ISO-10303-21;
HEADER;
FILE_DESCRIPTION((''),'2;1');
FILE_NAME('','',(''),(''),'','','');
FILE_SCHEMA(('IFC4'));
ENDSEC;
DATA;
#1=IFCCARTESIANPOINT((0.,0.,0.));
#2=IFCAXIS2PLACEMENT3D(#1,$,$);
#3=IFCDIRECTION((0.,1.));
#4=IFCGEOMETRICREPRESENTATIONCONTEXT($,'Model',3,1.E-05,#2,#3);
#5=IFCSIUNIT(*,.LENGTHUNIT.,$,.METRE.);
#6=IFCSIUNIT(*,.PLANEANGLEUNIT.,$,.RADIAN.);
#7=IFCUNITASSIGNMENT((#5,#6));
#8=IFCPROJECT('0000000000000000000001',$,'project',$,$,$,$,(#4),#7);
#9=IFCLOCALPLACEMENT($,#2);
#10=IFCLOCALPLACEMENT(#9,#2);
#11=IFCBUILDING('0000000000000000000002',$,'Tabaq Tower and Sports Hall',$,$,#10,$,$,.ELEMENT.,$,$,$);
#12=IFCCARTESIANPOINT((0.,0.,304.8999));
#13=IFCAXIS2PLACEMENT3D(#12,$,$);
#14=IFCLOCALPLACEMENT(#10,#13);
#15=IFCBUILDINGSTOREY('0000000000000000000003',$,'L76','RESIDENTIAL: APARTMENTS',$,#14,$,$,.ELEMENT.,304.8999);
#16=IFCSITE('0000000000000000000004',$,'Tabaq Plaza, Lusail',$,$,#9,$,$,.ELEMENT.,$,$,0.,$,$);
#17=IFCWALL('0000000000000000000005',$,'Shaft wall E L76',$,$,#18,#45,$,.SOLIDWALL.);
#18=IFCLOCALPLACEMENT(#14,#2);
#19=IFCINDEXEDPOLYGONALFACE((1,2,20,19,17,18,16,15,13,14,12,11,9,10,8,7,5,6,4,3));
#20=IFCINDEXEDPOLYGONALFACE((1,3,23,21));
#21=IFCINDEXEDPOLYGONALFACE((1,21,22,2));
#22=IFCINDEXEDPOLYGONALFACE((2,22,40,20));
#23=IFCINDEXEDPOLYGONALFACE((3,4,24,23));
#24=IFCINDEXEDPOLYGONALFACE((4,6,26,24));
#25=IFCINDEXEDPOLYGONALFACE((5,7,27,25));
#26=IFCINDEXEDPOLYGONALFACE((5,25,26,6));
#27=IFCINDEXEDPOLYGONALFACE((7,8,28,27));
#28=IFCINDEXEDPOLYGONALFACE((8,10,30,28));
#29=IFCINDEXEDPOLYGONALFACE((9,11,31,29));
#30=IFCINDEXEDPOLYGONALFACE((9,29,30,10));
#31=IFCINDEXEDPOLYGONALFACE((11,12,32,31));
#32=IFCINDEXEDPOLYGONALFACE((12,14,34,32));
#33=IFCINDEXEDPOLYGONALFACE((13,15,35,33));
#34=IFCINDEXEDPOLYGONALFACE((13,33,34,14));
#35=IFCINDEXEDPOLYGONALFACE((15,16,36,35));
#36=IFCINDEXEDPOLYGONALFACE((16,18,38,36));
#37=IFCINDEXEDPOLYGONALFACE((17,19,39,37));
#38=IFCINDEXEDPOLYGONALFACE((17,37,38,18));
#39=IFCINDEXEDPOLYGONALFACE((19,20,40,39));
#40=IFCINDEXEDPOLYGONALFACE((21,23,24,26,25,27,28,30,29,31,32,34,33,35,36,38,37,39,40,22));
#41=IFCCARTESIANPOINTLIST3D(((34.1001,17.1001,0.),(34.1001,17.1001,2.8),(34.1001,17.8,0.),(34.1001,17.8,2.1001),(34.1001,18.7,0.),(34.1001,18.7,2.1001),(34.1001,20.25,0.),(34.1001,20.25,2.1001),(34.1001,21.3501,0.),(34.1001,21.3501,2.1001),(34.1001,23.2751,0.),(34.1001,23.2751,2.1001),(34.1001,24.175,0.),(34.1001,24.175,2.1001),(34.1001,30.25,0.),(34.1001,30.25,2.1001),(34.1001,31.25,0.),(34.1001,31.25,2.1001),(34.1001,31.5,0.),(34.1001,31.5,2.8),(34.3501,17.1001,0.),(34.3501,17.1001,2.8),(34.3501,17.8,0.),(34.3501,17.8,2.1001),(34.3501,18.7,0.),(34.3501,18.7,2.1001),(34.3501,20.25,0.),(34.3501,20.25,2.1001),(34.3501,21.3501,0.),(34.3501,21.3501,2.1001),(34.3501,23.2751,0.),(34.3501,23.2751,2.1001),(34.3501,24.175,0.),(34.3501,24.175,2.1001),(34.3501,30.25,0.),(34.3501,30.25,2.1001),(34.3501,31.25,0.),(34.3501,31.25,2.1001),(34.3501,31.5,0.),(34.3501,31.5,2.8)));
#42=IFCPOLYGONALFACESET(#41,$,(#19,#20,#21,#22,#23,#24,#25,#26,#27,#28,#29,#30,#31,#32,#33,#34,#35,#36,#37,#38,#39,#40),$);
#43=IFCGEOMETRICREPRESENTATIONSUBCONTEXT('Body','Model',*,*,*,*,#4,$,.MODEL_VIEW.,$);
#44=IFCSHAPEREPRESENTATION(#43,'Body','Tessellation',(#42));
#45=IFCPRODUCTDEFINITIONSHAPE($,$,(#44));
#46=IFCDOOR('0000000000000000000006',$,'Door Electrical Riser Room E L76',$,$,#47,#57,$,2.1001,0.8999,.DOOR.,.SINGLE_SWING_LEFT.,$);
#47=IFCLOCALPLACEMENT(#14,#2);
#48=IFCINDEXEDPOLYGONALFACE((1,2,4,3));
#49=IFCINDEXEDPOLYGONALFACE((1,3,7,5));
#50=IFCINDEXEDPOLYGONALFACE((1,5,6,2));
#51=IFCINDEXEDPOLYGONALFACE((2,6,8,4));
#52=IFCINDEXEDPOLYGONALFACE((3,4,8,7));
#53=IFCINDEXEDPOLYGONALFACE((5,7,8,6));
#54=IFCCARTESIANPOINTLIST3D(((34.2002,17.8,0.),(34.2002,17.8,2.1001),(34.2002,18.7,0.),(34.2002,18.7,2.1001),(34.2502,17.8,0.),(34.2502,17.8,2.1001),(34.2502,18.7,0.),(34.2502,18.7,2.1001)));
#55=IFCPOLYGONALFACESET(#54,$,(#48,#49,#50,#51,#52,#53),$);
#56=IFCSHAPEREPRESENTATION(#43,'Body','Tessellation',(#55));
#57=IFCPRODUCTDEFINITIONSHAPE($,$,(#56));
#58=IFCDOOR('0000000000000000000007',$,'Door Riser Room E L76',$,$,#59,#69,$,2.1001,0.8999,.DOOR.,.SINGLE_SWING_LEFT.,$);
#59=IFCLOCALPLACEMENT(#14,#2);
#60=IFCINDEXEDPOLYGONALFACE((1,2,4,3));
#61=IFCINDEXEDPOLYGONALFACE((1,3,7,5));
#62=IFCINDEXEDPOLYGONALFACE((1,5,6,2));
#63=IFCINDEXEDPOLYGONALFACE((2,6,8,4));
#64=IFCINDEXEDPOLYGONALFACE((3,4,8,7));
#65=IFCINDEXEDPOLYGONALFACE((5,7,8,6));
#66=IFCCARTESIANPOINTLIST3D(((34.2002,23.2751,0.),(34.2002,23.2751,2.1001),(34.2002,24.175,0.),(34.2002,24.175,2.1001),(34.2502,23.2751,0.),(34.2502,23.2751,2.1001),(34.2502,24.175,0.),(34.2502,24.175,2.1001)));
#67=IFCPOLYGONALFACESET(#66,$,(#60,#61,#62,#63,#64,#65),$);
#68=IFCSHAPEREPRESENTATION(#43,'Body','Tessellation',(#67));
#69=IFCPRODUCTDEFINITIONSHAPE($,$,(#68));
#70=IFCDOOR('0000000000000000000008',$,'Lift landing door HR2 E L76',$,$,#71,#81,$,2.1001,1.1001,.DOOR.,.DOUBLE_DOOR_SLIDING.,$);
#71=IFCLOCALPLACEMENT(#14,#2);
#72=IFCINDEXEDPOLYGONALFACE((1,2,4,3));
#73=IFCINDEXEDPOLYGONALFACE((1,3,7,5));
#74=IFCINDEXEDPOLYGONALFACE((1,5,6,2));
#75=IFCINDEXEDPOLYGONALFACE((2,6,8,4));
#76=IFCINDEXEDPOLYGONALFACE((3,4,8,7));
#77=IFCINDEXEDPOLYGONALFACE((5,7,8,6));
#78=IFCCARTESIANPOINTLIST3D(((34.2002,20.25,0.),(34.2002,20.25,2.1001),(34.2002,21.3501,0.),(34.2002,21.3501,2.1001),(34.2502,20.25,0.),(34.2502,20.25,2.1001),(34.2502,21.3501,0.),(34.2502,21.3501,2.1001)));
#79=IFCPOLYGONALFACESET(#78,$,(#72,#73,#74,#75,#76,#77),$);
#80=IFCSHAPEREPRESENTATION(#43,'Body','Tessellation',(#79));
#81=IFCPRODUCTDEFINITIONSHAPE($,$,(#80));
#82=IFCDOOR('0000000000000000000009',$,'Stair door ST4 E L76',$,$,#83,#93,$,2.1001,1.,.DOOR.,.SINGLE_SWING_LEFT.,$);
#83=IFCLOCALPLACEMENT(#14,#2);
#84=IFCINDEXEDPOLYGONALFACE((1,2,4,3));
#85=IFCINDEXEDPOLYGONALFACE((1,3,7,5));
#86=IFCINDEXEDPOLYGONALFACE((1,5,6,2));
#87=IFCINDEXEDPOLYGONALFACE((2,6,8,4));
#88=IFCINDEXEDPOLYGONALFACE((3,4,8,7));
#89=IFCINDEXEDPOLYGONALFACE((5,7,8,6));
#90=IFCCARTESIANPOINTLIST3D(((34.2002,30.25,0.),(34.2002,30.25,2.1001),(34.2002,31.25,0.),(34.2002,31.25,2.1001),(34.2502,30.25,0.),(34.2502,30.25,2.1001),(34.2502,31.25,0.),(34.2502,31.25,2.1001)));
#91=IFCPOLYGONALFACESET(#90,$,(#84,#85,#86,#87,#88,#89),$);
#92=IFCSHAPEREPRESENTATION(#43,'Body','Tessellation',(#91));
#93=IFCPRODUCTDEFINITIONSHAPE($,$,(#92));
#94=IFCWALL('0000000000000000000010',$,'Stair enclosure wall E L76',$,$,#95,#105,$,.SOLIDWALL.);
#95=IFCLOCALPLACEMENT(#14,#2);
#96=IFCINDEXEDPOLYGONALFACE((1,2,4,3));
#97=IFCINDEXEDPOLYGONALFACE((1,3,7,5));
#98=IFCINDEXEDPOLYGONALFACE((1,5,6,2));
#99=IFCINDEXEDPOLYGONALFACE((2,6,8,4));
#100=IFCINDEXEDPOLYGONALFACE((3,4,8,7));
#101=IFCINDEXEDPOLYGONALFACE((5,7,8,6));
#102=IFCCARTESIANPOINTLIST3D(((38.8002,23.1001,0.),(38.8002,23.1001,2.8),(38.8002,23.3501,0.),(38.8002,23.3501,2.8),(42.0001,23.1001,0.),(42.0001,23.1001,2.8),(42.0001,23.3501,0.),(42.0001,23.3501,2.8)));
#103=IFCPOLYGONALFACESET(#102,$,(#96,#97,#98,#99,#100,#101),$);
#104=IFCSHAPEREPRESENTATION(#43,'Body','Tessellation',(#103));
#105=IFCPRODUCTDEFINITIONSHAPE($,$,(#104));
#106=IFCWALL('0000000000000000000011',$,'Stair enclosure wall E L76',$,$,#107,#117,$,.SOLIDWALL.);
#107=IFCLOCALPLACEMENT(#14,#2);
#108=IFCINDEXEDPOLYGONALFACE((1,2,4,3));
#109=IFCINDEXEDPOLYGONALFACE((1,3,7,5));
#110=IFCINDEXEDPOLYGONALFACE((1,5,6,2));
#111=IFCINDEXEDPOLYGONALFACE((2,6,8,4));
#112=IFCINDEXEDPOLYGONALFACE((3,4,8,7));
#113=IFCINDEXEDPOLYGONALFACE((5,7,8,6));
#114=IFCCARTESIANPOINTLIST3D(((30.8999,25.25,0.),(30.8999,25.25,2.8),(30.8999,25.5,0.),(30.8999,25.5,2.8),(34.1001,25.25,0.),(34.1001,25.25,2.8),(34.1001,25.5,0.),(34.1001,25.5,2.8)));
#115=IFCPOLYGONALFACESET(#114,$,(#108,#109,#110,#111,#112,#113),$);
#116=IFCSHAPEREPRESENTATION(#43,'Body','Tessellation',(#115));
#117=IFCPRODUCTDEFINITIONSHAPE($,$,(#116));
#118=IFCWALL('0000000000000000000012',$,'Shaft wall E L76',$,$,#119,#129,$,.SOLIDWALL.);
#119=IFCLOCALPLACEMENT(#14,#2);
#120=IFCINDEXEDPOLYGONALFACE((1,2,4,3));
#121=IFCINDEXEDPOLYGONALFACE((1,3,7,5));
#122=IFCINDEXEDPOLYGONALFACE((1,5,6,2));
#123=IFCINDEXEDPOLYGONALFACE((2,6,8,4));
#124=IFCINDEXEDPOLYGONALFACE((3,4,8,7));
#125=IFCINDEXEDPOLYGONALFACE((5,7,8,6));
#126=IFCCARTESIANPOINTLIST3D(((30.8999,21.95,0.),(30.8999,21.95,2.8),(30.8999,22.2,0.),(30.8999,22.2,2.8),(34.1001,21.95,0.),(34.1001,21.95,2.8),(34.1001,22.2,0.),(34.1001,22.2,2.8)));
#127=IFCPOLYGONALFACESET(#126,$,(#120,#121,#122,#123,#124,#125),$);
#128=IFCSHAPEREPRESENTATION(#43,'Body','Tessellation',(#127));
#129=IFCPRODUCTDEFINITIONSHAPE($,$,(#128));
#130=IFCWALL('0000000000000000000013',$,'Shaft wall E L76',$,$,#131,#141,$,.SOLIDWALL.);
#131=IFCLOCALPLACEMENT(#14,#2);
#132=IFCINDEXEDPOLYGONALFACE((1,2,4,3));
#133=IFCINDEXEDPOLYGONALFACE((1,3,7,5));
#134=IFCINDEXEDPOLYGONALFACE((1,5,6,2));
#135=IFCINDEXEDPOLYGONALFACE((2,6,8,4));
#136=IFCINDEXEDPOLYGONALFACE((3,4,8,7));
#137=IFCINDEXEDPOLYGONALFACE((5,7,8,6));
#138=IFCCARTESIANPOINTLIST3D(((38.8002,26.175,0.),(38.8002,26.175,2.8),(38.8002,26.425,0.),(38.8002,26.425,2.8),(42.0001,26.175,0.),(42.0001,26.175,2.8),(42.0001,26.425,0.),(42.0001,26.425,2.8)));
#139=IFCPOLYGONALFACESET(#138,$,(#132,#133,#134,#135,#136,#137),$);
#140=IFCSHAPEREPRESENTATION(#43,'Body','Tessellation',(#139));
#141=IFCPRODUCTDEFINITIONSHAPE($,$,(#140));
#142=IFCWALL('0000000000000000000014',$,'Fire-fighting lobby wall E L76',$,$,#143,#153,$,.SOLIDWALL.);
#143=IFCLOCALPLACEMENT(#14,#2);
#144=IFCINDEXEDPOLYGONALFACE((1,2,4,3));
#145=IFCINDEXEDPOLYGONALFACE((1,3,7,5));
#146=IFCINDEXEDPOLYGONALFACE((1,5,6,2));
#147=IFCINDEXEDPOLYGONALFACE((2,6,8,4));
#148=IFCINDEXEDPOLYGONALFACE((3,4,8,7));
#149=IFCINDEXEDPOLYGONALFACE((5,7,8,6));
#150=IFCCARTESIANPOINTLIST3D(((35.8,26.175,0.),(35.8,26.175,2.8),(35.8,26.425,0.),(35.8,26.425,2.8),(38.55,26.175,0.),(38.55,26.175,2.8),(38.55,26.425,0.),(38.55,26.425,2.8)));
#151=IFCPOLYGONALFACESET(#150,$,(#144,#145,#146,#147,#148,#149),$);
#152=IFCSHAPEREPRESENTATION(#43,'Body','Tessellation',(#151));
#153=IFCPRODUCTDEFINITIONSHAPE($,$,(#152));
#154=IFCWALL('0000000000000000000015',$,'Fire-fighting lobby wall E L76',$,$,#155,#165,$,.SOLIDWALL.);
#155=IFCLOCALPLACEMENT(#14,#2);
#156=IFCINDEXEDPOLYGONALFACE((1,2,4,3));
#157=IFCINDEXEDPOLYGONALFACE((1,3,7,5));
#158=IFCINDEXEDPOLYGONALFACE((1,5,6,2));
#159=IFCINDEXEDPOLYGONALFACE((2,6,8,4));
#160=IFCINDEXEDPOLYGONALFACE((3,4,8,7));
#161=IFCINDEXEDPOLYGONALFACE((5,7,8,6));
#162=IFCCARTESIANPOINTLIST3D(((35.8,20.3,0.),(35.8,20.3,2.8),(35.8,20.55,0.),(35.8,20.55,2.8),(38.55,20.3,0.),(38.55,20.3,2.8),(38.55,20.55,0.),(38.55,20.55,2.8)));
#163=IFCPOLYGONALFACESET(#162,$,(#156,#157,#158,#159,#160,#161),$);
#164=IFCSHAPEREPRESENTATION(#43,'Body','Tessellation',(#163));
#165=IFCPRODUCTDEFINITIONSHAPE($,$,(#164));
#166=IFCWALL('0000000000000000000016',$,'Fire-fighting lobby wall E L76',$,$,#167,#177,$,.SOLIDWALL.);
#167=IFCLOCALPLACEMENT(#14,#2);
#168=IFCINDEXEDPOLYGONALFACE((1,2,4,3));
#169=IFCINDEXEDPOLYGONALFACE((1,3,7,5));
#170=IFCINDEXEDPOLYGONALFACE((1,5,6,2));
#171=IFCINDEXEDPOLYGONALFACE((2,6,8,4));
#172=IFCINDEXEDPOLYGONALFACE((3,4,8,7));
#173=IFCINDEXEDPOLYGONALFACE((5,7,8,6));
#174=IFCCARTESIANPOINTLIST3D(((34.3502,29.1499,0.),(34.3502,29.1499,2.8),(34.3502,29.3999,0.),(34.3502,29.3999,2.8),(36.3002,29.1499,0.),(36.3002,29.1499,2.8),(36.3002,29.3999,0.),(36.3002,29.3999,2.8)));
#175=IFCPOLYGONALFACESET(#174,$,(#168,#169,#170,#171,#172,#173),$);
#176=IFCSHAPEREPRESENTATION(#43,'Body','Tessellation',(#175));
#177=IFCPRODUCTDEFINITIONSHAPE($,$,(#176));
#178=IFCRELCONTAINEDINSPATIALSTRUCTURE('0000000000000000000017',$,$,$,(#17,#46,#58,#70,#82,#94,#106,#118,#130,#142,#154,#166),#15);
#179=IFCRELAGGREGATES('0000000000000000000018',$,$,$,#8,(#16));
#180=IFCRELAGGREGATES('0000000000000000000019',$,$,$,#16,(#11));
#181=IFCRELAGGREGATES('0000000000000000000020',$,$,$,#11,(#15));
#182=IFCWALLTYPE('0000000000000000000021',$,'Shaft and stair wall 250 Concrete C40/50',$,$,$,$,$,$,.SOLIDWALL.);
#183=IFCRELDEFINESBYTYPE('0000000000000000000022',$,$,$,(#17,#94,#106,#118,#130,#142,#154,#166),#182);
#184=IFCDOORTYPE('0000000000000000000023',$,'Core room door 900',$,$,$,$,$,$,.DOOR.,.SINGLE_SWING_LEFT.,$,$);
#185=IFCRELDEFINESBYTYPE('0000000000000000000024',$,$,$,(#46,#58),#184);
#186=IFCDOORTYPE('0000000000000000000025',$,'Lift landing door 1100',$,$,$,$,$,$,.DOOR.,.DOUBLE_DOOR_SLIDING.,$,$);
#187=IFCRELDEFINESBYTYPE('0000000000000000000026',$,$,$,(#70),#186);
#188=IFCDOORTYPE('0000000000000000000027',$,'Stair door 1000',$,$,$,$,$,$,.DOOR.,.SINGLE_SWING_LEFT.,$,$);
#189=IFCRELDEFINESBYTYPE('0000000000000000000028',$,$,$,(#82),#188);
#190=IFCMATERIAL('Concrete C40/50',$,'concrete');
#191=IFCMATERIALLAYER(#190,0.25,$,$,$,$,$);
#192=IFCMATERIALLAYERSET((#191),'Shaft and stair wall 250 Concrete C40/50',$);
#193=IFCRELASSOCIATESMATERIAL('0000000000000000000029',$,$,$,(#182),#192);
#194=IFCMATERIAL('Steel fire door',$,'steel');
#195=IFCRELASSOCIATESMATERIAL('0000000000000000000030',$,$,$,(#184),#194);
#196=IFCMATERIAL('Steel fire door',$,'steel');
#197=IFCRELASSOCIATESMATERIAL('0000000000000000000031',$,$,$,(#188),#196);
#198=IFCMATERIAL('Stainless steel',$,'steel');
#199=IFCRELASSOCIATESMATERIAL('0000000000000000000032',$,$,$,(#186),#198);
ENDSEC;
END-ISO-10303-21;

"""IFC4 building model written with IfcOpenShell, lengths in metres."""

from ifc_helpers import new_model, si_unit, direction, frame, frame_2d, origin, place, context, subcontext, project, spatial, rectangle, extrude, material, layer, layer_set, type_object, element, fill, save


model = new_model("IFC4")

# Units and contexts
model_context = context("Model", 3, precision=1e-05, world=origin(), true_north=direction((0.0, 1.0)))
body_context = subcontext(model_context, "Body", "Model", "MODEL_VIEW")
ifc_project = project(units=[si_unit("LENGTHUNIT", "METRE"), si_unit("PLANEANGLEUNIT", "RADIAN")], contexts=[model_context])

# Site, building, storey
site_placement = place(None, origin())
site = spatial("IfcSite", under=ifc_project, at=site_placement, Name="Tabaq Plaza, Lusail", CompositionType="ELEMENT", RefElevation=0.0)
building_placement = place(site_placement, origin())
building = spatial("IfcBuilding", under=site, at=building_placement, Name="Tabaq Tower and Sports Hall", CompositionType="ELEMENT")
storey_placement = place(building_placement, frame((0.0, 0.0, 304.8999)))
storey = spatial("IfcBuildingStorey", under=building, at=storey_placement, Name="L76", Description="RESIDENTIAL: APARTMENTS", CompositionType="ELEMENT", Elevation=304.8999)

# Wall, openings, doors
ifc_material_1 = material(Name="Concrete C40/50", Category="concrete")
ifc_layer_1 = layer(ifc_material_1, 0.25)
ifc_layer_set_1 = layer_set([ifc_layer_1], Name="Shaft and stair wall 250 Concrete C40/50")
wall_type_1 = type_object("IfcWallType", Name="Shaft and stair wall 250 Concrete C40/50", PredefinedType="SOLIDWALL", material=ifc_layer_set_1)
ifc_material_2 = material(Name="Steel fire door", Category="steel")
door_type_1 = type_object("IfcDoorType", Name="Core room door 900", OperationType="SINGLE_SWING_LEFT", PredefinedType="DOOR", material=ifc_material_2)
ifc_material_3 = material(Name="Steel fire door", Category="steel")
door_type_2 = type_object("IfcDoorType", Name="Stair door 1000", OperationType="SINGLE_SWING_LEFT", PredefinedType="DOOR", material=ifc_material_3)
wall_1_placement = place(storey_placement, frame((34.2251, 17.1001, 0.0), z_axis=(0.0, 0.0, 1.0), x_axis=(0.0, 1.0, 0.0)))
wall_1 = element("IfcWall", 1, at=wall_1_placement, inside=storey, type_object=wall_type_1, Name="Shaft wall E L76", PredefinedType="SOLIDWALL", context=body_context, shape_type="SweptSolid", body=[
    extrude(rectangle(XDim=14.3999, YDim=0.25, at=frame_2d((7.2, 0.0))), origin(), (0.0, 0.0, 1.0), 2.8),
])
opening_1_placement = place(wall_1_placement, frame((13.1499, 0.0, 0.0)))
opening_1 = element("IfcOpeningElement", 2, at=opening_1_placement, cuts=wall_1, PredefinedType="OPENING", context=body_context, shape_type="SweptSolid", body=[
    extrude(rectangle(XDim=1.0, YDim=2.1001, at=frame_2d((0.5, 1.05))), frame((0.0, 0.125, 0.0), z_axis=(0.0, -1.0, 0.0), x_axis=(1.0, 0.0, 0.0)), (0.0, 0.0, 1.0), 0.25),
])
opening_2_placement = place(wall_1_placement, frame((3.1499, 0.0, 0.0)))
opening_2 = element("IfcOpeningElement", 3, at=opening_2_placement, cuts=wall_1, PredefinedType="OPENING", context=body_context, shape_type="SweptSolid", body=[
    extrude(rectangle(XDim=1.1001, YDim=2.1001, at=frame_2d((0.55, 1.05))), frame((0.0, 0.125, 0.0), z_axis=(0.0, -1.0, 0.0), x_axis=(1.0, 0.0, 0.0)), (0.0, 0.0, 1.0), 0.25),
])
opening_3_placement = place(wall_1_placement, frame((0.7, 0.0, 0.0)))
opening_3 = element("IfcOpeningElement", 4, at=opening_3_placement, cuts=wall_1, PredefinedType="OPENING", context=body_context, shape_type="SweptSolid", body=[
    extrude(rectangle(XDim=0.8999, YDim=2.1001, at=frame_2d((0.45, 1.05))), frame((0.0, 0.125, 0.0), z_axis=(0.0, -1.0, 0.0), x_axis=(1.0, 0.0, 0.0)), (0.0, 0.0, 1.0), 0.25),
])
opening_4_placement = place(wall_1_placement, frame((6.175, 0.0, 0.0)))
opening_4 = element("IfcOpeningElement", 5, at=opening_4_placement, cuts=wall_1, PredefinedType="OPENING", context=body_context, shape_type="SweptSolid", body=[
    extrude(rectangle(XDim=0.8999, YDim=2.1001, at=frame_2d((0.45, 1.05))), frame((0.0, 0.125, 0.0), z_axis=(0.0, -1.0, 0.0), x_axis=(1.0, 0.0, 0.0)), (0.0, 0.0, 1.0), 0.25),
])
door_1_placement = place(opening_3_placement, origin())
door_1 = element("IfcDoor", 6, at=door_1_placement, inside=storey, type_object=door_type_1, Name="Door Electrical Riser Room E L76", OperationType="SINGLE_SWING_LEFT", OverallHeight=2.1001, OverallWidth=0.8999, PredefinedType="DOOR", context=body_context, shape_type="SweptSolid", body=[
    extrude(rectangle(XDim=0.8999, YDim=2.1001, at=frame_2d((0.45, 1.05))), frame((0.0, 0.0249, 0.0), z_axis=(0.0, -1.0, 0.0), x_axis=(1.0, 0.0, 0.0)), (0.0, 0.0, 1.0), 0.05),
])
fill(opening_3, door_1)
door_2_placement = place(opening_4_placement, origin())
door_2 = element("IfcDoor", 7, at=door_2_placement, inside=storey, type_object=door_type_1, Name="Door Riser Room E L76", OperationType="SINGLE_SWING_LEFT", OverallHeight=2.1001, OverallWidth=0.8999, PredefinedType="DOOR", context=body_context, shape_type="SweptSolid", body=[
    extrude(rectangle(XDim=0.8999, YDim=2.1001, at=frame_2d((0.45, 1.05))), frame((0.0, 0.0249, 0.0), z_axis=(0.0, -1.0, 0.0), x_axis=(1.0, 0.0, 0.0)), (0.0, 0.0, 1.0), 0.05),
])
fill(opening_4, door_2)
ifc_material_4 = material(Name="Stainless steel", Category="steel")
door_type_3 = type_object("IfcDoorType", Name="Lift landing door 1100", OperationType="DOUBLE_DOOR_SLIDING", PredefinedType="DOOR", material=ifc_material_4)
door_3_placement = place(opening_2_placement, origin())
door_3 = element("IfcDoor", 8, at=door_3_placement, inside=storey, type_object=door_type_3, Name="Lift landing door HR2 E L76", OperationType="DOUBLE_DOOR_SLIDING", OverallHeight=2.1001, OverallWidth=1.1001, PredefinedType="DOOR", context=body_context, shape_type="SweptSolid", body=[
    extrude(rectangle(XDim=1.1001, YDim=2.1001, at=frame_2d((0.55, 1.05))), frame((0.0, 0.0249, 0.0), z_axis=(0.0, -1.0, 0.0), x_axis=(1.0, 0.0, 0.0)), (0.0, 0.0, 1.0), 0.05),
])
fill(opening_2, door_3)
door_4_placement = place(opening_1_placement, origin())
door_4 = element("IfcDoor", 9, at=door_4_placement, inside=storey, type_object=door_type_2, Name="Stair door ST4 E L76", OperationType="SINGLE_SWING_LEFT", OverallHeight=2.1001, OverallWidth=1.0, PredefinedType="DOOR", context=body_context, shape_type="SweptSolid", body=[
    extrude(rectangle(XDim=1.0, YDim=2.1001, at=frame_2d((0.5, 1.05))), frame((0.0, 0.0249, 0.0), z_axis=(0.0, -1.0, 0.0), x_axis=(1.0, 0.0, 0.0)), (0.0, 0.0, 1.0), 0.05),
])
fill(opening_1, door_4)

# Walls
wall_2_placement = place(storey_placement, frame((38.8, 23.2251, 0.0), z_axis=(0.0, 0.0, 1.0), x_axis=(1.0, 0.0, 0.0)))
element("IfcWall", 10, at=wall_2_placement, inside=storey, type_object=wall_type_1, Name="Stair enclosure wall E L76", PredefinedType="SOLIDWALL", context=body_context, shape_type="SweptSolid", body=[
    extrude(rectangle(XDim=3.2, YDim=0.25, at=frame_2d((1.6001, 0.0))), origin(), (0.0, 0.0, 1.0), 2.8),
])
for number, where, z_axis, x_axis, name in (
    (11, (30.8999, 25.375, 0.0), (0.0, 0.0, 1.0), (1.0, 0.0, 0.0), "Stair enclosure wall E L76"),
    (12, (30.8999, 22.075, 0.0), (0.0, 0.0, 1.0), (1.0, 0.0, 0.0), "Shaft wall E L76"),
):
    element("IfcWall", number, at=place(storey_placement, frame(where, z_axis=z_axis, x_axis=x_axis)), inside=storey, type_object=wall_type_1, Name=name, PredefinedType="SOLIDWALL", context=body_context, shape_type="SweptSolid", body=[
        extrude(rectangle(XDim=3.2002, YDim=0.25, at=frame_2d((1.6001, 0.0))), origin(), (0.0, 0.0, 1.0), 2.8),
    ])
wall_3_placement = place(storey_placement, frame((38.8, 26.3, 0.0), z_axis=(0.0, 0.0, 1.0), x_axis=(1.0, 0.0, 0.0)))
element("IfcWall", 13, at=wall_3_placement, inside=storey, type_object=wall_type_1, Name="Shaft wall E L76", PredefinedType="SOLIDWALL", context=body_context, shape_type="SweptSolid", body=[
    extrude(rectangle(XDim=3.2, YDim=0.25, at=frame_2d((1.6001, 0.0))), origin(), (0.0, 0.0, 1.0), 2.8),
])
for number, where, z_axis, x_axis, name in (
    (14, (35.8, 26.3, 0.0), (0.0, 0.0, 1.0), (1.0, 0.0, 0.0), "Fire-fighting lobby wall E L76"),
    (15, (35.8, 20.425, 0.0), (0.0, 0.0, 1.0), (1.0, 0.0, 0.0), "Fire-fighting lobby wall E L76"),
):
    element("IfcWall", number, at=place(storey_placement, frame(where, z_axis=z_axis, x_axis=x_axis)), inside=storey, type_object=wall_type_1, Name=name, PredefinedType="SOLIDWALL", context=body_context, shape_type="SweptSolid", body=[
        extrude(rectangle(XDim=2.75, YDim=0.25, at=frame_2d((1.375, 0.0))), origin(), (0.0, 0.0, 1.0), 2.8),
    ])
wall_4_placement = place(storey_placement, frame((34.3501, 29.2749, 0.0), z_axis=(0.0, 0.0, 1.0), x_axis=(1.0, 0.0, 0.0)))
element("IfcWall", 16, at=wall_4_placement, inside=storey, type_object=wall_type_1, Name="Fire-fighting lobby wall E L76", PredefinedType="SOLIDWALL", context=body_context, shape_type="SweptSolid", body=[
    extrude(rectangle(XDim=1.95, YDim=0.25, at=frame_2d((0.9751, 0.0))), origin(), (0.0, 0.0, 1.0), 2.8),
])

save(model, "model.ifc")
